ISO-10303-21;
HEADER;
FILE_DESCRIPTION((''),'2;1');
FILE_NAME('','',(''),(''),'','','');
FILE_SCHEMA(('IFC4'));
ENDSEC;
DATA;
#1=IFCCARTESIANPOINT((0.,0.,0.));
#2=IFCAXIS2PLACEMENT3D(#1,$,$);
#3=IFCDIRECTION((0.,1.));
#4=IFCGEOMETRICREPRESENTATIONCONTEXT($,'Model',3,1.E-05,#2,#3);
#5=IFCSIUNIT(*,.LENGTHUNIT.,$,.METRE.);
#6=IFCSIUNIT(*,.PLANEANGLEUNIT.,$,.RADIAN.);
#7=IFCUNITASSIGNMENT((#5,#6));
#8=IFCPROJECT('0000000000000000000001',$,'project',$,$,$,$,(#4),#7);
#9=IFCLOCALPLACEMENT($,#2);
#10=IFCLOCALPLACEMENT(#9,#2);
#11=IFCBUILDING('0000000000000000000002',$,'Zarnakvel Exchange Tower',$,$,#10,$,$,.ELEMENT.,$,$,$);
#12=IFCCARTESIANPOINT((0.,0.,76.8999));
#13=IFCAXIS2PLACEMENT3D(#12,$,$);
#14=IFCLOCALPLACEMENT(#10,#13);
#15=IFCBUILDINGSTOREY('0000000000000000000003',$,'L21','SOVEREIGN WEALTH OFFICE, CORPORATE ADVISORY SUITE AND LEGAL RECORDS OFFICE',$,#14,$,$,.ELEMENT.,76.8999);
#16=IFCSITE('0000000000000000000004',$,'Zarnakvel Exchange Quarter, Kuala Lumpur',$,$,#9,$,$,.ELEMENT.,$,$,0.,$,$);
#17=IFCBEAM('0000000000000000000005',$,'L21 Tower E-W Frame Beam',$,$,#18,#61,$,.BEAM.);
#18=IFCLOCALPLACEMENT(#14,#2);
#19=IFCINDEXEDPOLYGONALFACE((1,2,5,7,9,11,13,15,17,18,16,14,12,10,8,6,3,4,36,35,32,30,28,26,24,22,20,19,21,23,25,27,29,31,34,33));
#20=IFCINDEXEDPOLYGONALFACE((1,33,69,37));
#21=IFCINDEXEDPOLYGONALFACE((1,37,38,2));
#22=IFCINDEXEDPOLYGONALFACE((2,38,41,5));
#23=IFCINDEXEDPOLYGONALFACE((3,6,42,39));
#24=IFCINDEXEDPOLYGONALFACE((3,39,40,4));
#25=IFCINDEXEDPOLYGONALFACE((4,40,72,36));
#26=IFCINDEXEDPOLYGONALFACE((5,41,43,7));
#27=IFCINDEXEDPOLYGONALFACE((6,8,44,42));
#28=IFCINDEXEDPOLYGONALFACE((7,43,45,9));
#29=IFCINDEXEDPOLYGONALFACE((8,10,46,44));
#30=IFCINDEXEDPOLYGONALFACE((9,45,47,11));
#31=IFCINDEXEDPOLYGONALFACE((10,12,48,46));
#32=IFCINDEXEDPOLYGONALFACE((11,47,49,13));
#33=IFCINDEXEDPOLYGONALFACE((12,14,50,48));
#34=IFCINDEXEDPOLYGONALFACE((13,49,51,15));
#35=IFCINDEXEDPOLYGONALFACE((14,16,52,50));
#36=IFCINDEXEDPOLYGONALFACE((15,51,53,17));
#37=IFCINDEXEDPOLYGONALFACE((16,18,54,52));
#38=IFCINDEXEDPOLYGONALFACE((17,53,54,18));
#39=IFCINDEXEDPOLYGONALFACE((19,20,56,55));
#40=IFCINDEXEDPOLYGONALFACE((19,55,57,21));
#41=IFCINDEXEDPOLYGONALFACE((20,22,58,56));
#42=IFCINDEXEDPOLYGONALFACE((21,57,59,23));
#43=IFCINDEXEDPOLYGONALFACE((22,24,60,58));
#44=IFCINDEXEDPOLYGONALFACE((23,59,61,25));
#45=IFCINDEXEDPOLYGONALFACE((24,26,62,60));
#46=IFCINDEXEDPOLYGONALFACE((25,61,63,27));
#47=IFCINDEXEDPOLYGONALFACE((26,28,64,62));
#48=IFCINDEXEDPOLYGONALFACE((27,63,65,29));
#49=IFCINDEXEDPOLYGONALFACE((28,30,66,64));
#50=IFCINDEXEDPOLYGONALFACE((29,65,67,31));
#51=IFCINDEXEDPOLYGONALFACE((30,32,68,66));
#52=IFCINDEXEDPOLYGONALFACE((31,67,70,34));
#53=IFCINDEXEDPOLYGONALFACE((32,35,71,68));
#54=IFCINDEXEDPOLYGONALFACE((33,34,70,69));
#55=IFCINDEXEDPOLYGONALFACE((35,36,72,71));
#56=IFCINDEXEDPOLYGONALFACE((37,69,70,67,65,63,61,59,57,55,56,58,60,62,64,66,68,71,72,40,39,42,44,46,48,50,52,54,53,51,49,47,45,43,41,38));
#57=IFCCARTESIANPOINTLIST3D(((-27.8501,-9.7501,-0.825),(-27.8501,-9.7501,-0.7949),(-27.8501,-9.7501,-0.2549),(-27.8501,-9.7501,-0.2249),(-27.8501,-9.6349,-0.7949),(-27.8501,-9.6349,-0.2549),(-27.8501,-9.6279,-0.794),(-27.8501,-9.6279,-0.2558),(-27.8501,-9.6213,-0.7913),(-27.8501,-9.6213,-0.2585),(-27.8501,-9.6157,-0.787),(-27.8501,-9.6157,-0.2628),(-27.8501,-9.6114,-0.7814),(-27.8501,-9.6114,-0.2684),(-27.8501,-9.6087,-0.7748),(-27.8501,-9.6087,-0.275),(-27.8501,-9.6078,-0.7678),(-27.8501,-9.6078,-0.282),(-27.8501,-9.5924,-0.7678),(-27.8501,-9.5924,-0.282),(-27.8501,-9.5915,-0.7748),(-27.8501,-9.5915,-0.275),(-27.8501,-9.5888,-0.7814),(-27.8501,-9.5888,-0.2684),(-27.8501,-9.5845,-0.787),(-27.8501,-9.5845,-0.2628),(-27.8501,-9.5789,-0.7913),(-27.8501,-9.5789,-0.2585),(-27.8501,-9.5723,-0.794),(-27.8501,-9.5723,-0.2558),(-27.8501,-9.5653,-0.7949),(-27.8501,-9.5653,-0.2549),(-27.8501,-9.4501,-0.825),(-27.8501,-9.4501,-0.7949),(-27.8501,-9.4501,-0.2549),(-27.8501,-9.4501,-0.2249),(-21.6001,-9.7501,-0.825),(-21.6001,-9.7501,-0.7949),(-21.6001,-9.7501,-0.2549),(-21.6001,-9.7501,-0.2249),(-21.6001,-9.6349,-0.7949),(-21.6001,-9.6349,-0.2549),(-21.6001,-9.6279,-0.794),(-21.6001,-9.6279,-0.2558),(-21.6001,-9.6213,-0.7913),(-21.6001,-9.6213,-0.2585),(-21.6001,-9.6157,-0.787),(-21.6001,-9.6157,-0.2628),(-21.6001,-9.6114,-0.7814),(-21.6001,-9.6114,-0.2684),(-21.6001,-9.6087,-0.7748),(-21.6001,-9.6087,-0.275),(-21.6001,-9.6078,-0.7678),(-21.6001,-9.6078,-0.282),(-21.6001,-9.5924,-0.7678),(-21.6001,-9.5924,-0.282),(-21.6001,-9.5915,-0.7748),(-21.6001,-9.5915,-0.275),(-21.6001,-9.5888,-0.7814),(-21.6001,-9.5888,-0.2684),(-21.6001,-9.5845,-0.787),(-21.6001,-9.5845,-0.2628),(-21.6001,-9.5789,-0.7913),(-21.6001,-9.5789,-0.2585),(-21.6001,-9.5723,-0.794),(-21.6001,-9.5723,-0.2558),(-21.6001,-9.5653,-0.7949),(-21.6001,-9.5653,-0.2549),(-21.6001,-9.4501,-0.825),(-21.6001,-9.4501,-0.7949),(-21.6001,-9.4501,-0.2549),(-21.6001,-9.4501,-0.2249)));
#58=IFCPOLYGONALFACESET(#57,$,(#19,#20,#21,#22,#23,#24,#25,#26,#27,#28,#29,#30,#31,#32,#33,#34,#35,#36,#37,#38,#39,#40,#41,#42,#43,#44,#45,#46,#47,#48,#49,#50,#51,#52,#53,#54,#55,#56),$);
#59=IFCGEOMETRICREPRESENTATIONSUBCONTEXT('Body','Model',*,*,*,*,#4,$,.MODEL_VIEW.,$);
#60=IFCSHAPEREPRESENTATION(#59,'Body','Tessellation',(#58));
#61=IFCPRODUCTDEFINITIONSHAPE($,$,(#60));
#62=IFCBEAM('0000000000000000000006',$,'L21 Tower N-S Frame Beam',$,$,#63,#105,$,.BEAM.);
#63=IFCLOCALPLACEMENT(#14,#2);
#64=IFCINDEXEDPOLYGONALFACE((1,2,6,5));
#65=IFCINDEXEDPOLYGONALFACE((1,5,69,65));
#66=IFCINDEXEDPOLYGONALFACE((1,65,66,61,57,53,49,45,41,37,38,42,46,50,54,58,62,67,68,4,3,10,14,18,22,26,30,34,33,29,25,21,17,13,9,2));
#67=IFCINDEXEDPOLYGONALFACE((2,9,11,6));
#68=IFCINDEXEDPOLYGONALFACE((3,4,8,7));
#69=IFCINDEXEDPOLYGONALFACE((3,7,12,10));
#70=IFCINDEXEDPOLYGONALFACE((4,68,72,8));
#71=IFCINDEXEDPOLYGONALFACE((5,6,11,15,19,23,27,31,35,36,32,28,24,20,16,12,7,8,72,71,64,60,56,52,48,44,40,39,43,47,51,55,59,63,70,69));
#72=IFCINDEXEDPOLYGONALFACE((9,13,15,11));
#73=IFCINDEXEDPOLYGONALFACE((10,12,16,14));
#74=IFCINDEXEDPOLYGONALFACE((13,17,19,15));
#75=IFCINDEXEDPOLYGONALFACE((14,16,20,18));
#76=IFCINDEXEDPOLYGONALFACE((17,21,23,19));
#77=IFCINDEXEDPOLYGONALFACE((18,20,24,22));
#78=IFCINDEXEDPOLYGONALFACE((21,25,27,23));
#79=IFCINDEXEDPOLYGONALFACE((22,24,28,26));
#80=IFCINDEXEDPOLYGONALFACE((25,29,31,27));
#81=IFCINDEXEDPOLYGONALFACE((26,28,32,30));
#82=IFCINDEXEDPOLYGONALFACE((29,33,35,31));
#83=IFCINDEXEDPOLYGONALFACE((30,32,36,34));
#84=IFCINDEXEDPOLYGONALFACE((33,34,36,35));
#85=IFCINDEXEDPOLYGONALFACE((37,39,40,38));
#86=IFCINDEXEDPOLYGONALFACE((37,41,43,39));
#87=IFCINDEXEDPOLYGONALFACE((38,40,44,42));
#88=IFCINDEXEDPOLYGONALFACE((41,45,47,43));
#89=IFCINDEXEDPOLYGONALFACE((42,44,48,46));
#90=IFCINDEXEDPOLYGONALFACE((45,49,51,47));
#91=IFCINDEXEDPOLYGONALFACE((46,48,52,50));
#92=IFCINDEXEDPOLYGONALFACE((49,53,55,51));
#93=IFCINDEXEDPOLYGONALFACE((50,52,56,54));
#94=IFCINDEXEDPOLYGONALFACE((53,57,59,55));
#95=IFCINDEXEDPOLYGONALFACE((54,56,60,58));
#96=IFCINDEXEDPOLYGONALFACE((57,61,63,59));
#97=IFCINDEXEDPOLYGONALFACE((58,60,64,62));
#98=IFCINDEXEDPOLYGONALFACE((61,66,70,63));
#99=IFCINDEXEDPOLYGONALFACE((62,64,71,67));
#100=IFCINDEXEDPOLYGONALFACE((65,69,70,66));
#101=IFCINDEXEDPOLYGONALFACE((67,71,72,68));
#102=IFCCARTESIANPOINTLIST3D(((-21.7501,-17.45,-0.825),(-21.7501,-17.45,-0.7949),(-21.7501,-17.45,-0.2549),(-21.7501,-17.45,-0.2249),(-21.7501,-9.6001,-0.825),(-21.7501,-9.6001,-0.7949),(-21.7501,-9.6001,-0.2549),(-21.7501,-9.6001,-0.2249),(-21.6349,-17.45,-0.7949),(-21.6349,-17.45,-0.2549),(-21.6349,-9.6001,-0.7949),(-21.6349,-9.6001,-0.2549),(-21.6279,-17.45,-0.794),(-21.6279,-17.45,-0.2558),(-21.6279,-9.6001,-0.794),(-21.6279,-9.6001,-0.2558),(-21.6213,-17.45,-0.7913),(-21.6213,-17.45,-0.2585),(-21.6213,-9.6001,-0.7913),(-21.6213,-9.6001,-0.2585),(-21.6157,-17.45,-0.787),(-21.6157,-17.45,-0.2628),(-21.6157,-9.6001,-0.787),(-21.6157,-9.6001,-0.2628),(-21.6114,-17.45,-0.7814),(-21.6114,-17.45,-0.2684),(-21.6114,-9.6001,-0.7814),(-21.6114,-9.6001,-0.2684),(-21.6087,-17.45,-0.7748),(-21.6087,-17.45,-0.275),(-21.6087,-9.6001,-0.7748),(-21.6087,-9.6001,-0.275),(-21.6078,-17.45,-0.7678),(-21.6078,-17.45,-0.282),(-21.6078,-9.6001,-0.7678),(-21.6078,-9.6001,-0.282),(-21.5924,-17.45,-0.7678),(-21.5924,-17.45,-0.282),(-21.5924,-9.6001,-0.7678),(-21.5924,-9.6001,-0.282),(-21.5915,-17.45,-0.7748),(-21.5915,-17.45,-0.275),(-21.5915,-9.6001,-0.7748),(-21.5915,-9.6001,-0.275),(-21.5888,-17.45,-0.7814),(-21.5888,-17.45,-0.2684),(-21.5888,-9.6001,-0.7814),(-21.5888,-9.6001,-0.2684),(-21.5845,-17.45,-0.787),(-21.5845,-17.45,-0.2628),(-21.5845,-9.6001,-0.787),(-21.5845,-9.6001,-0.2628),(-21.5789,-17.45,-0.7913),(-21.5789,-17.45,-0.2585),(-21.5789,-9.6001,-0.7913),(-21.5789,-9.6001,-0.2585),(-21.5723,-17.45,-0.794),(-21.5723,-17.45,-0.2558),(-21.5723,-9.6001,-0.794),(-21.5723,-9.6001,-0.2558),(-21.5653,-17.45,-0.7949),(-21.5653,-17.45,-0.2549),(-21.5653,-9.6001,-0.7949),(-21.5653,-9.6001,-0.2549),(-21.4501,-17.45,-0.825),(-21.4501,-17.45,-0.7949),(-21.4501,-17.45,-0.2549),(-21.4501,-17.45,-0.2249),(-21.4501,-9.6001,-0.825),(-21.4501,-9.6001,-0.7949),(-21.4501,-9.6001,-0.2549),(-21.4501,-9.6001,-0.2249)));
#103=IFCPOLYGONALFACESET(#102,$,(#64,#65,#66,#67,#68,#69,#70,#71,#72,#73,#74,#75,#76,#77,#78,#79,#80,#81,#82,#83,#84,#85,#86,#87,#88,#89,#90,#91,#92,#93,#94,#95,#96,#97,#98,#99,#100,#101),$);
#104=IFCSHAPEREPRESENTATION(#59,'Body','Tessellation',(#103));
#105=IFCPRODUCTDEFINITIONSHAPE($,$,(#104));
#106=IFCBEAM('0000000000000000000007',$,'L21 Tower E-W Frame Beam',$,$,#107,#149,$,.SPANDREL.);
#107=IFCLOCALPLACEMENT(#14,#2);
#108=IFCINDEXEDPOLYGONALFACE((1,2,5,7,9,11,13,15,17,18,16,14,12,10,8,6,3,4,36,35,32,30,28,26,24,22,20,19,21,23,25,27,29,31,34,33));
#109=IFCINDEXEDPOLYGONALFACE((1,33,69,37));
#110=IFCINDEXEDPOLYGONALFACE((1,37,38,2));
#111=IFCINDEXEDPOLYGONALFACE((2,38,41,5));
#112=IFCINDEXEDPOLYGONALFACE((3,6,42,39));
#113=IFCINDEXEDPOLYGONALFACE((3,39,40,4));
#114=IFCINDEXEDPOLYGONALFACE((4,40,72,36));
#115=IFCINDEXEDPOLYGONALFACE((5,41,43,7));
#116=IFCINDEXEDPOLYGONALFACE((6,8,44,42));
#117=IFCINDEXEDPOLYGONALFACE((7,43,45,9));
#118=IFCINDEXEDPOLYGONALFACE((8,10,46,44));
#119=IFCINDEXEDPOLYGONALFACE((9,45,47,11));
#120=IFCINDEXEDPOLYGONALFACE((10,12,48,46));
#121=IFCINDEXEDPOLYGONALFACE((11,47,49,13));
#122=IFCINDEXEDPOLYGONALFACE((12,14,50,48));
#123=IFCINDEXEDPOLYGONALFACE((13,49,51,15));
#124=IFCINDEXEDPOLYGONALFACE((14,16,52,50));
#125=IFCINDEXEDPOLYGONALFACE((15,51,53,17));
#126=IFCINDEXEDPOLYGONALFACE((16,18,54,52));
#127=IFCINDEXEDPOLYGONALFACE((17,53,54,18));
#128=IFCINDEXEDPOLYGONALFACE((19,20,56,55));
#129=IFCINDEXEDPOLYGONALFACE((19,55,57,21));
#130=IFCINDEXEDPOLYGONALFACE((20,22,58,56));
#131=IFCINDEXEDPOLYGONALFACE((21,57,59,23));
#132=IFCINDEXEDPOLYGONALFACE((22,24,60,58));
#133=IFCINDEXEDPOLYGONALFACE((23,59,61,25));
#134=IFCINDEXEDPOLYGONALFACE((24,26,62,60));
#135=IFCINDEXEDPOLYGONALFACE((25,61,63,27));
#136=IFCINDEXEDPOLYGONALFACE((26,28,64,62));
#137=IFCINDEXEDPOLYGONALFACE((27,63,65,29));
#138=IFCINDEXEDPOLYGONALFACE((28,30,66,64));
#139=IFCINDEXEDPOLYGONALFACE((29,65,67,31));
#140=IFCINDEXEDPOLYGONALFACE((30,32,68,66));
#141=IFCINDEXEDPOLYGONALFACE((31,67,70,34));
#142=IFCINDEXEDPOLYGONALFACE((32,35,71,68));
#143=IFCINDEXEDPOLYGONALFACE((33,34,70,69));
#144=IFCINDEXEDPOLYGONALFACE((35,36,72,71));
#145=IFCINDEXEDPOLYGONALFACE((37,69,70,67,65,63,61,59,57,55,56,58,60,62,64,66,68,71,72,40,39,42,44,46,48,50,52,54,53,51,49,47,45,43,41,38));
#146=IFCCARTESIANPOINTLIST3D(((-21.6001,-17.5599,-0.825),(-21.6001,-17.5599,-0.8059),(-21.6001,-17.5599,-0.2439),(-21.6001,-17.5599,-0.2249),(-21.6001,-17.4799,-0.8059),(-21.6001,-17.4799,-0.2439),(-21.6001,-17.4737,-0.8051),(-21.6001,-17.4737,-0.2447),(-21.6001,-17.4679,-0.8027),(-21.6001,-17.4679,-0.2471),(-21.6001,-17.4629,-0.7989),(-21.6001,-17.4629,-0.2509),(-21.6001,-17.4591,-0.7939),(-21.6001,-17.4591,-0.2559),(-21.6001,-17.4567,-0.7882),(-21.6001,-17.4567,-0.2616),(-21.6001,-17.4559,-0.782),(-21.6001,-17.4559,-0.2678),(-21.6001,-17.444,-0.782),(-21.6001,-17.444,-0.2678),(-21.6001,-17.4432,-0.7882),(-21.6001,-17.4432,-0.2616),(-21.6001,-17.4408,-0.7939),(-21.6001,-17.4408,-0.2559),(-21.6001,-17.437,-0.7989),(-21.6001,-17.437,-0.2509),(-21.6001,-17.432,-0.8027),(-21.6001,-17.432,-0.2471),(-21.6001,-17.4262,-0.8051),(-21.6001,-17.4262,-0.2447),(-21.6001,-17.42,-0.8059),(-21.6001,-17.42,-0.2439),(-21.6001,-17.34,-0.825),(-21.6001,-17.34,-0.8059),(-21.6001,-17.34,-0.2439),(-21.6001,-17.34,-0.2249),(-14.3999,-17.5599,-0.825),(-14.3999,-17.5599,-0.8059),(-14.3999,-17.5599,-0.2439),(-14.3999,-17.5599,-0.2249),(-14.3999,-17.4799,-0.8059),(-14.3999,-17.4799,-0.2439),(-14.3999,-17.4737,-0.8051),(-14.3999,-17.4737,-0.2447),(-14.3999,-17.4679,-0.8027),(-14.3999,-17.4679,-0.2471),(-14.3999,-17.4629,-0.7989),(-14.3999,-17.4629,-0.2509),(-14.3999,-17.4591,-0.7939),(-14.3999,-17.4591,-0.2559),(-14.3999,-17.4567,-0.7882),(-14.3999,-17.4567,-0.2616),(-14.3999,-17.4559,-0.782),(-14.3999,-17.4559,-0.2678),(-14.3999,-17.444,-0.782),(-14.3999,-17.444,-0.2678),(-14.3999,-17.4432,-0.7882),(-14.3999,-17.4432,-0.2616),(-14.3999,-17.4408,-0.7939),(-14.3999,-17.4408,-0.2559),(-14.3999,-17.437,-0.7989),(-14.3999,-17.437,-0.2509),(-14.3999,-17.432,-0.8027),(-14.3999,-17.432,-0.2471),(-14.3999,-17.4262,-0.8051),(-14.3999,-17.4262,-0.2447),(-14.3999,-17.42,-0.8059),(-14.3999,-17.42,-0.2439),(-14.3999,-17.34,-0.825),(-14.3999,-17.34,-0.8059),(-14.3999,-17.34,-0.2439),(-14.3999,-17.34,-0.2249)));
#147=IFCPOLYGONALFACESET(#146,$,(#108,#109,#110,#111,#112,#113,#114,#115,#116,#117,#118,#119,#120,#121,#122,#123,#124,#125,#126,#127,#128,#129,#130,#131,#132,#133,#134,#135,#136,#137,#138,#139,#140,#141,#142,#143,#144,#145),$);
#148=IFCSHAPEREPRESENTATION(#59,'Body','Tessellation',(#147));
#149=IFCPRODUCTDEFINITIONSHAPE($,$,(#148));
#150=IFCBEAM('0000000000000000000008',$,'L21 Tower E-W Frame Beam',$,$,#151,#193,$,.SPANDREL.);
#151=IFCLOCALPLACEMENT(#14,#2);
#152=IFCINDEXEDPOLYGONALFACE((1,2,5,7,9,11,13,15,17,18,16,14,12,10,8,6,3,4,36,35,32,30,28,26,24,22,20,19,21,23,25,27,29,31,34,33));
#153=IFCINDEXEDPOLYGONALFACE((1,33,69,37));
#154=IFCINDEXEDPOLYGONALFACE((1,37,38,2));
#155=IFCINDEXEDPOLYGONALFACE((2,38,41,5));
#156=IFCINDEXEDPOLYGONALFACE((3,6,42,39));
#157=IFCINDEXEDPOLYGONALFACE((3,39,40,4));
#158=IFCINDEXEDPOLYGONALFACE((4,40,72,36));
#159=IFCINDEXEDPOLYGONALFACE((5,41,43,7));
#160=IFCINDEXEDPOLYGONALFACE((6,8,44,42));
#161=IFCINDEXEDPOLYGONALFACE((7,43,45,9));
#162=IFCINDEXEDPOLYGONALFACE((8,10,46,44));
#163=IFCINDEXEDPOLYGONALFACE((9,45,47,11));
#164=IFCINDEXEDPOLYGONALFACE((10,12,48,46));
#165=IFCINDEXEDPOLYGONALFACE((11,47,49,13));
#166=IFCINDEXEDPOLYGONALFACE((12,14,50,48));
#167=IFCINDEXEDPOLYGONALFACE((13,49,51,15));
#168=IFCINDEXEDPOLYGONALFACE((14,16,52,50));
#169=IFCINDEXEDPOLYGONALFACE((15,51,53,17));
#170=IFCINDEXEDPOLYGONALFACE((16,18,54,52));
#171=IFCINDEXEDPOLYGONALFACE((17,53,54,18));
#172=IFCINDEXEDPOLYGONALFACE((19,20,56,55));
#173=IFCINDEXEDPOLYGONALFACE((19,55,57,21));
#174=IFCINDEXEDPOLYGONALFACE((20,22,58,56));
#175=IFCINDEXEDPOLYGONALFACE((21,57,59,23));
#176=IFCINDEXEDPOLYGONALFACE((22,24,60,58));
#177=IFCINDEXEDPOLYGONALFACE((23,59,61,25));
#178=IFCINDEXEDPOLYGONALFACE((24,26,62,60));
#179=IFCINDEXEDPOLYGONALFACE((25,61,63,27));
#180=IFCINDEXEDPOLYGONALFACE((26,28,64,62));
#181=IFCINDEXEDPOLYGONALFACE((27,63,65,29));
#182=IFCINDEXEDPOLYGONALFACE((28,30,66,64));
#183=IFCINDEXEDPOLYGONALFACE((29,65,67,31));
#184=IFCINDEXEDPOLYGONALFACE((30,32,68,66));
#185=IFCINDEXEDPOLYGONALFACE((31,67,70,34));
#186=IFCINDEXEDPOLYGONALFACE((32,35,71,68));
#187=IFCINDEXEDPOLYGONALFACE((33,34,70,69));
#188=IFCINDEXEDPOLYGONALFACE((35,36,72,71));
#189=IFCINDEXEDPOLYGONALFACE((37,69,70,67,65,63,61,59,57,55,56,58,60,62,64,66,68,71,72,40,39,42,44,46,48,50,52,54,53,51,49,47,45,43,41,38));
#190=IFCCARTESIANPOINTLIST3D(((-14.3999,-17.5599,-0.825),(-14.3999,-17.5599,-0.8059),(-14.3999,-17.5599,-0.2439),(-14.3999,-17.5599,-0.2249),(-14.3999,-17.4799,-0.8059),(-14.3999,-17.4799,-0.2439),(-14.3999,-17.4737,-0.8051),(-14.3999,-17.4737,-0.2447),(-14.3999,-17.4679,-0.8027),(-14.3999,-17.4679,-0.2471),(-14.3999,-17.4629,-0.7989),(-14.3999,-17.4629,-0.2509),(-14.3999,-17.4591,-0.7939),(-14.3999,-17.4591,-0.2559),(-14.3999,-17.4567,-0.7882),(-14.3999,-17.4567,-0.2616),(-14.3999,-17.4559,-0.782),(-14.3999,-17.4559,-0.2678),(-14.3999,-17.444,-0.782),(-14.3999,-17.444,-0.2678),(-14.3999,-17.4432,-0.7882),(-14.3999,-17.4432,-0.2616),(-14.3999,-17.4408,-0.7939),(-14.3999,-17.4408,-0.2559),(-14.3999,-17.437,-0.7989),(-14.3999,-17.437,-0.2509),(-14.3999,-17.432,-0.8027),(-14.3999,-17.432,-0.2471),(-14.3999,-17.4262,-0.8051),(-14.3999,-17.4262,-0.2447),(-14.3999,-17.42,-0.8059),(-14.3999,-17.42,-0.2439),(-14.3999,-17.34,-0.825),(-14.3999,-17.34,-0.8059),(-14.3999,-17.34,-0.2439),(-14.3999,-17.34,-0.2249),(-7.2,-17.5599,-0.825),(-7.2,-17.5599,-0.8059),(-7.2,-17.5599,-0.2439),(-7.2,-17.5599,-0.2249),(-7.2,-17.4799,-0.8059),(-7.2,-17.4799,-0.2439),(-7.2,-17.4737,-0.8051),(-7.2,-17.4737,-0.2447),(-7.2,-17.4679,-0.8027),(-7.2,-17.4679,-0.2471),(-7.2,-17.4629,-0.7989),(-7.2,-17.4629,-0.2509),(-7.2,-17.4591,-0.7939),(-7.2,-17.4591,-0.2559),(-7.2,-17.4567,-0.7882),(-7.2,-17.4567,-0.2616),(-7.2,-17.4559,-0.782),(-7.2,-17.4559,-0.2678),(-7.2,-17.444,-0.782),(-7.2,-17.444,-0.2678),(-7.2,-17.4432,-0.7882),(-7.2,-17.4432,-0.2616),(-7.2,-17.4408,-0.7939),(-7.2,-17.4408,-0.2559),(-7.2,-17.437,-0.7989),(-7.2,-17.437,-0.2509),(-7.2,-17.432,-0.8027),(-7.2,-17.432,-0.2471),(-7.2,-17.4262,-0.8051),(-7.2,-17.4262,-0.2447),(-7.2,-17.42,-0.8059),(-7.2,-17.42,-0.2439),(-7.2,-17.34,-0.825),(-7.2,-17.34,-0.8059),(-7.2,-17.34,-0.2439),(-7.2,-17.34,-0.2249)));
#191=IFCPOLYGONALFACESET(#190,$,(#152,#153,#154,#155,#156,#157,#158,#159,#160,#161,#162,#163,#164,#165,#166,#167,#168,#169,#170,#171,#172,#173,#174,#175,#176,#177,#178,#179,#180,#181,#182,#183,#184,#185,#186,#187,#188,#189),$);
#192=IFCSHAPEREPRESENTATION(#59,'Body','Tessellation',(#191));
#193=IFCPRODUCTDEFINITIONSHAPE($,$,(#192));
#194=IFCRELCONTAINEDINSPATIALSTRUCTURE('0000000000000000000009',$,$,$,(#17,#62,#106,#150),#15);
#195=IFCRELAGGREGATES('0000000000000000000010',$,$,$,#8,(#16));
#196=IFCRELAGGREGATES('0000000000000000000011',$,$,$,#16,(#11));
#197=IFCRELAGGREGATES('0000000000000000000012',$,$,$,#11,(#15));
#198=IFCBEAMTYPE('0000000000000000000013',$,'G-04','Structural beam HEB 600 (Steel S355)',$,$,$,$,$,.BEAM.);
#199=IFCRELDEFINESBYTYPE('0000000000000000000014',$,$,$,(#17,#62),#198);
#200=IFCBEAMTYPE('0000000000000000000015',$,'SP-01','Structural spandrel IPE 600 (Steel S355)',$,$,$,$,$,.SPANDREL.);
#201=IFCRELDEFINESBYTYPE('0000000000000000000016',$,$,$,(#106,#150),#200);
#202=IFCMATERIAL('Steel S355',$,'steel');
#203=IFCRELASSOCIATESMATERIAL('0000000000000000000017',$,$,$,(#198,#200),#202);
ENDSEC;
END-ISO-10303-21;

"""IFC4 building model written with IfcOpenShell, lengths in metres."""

from ifc_helpers import new_model, si_unit, direction, frame, origin, origin_2d, place, context, subcontext, project, spatial, i_section, extrude, material, material_profile, profile_set, type_object, element, save


model = new_model("IFC4")

# Units and contexts
model_context = context("Model", 3, precision=1e-05, world=origin(), true_north=direction((0.0, 1.0)))
body_context = subcontext(model_context, "Body", "Model", "MODEL_VIEW")
ifc_project = project(units=[si_unit("LENGTHUNIT", "METRE"), si_unit("PLANEANGLEUNIT", "RADIAN")], contexts=[model_context])

# Site, building, storey
site_placement = place(None, origin())
site = spatial("IfcSite", under=ifc_project, at=site_placement, Name="Zarnakvel Exchange Quarter, Kuala Lumpur", CompositionType="ELEMENT", RefElevation=0.0)
building_placement = place(site_placement, origin())
building = spatial("IfcBuilding", under=site, at=building_placement, Name="Zarnakvel Exchange Tower", CompositionType="ELEMENT")
storey_placement = place(building_placement, frame((0.0, 0.0, 76.8999)))
storey = spatial("IfcBuildingStorey", under=building, at=storey_placement, Name="L21", Description="SOVEREIGN WEALTH OFFICE, CORPORATE ADVISORY SUITE AND LEGAL RECORDS OFFICE", CompositionType="ELEMENT", Elevation=76.8999)

# Shared definitions
ifc_material_1 = material(Name="Steel S355", Category="steel")

# Beams
ifc_material_profile_1 = material_profile(ifc_material_1, i_section(OverallWidth=0.3, OverallDepth=0.6001, WebThickness=0.0154, FlangeThickness=0.03, FilletRadius=0.0271, at=origin_2d()))
ifc_profile_set_1 = profile_set([ifc_material_profile_1], Name="Steel S355")
beam_type_1 = type_object("IfcBeamType", Name="G-04", Description="Structural beam HEB 600 (Steel S355)", PredefinedType="BEAM", material=ifc_profile_set_1)
beam_1_placement = place(storey_placement, frame((-27.8501, -9.6001, -0.5249), z_axis=(1.0, 0.0, 0.0), x_axis=(0.0, 1.0, 0.0)))
element("IfcBeam", 1, at=beam_1_placement, inside=storey, type_object=beam_type_1, Name="L21 Tower E-W Frame Beam", PredefinedType="BEAM", context=body_context, shape_type="SweptSolid", body=[
    extrude(i_section(OverallWidth=0.3, OverallDepth=0.6001, WebThickness=0.0154, FlangeThickness=0.03, FilletRadius=0.0271, at=origin_2d()), origin(), (0.0, 0.0, 1.0), 6.25),
])
beam_2_placement = place(storey_placement, frame((-21.6001, -17.45, -0.5249), z_axis=(0.0, 1.0, 0.0), x_axis=(-1.0, 0.0, 0.0)))
element("IfcBeam", 2, at=beam_2_placement, inside=storey, type_object=beam_type_1, Name="L21 Tower N-S Frame Beam", PredefinedType="BEAM", context=body_context, shape_type="SweptSolid", body=[
    extrude(i_section(OverallWidth=0.3, OverallDepth=0.6001, WebThickness=0.0154, FlangeThickness=0.03, FilletRadius=0.0271, at=origin_2d()), origin(), (0.0, 0.0, 1.0), 7.8499),
])
ifc_material_profile_2 = material_profile(ifc_material_1, i_section(OverallWidth=0.22, OverallDepth=0.6001, WebThickness=0.012, FlangeThickness=0.019, FilletRadius=0.0239, at=origin_2d()))
ifc_profile_set_2 = profile_set([ifc_material_profile_2], Name="Steel S355")
beam_type_2 = type_object("IfcBeamType", Name="SP-01", Description="Structural spandrel IPE 600 (Steel S355)", PredefinedType="SPANDREL", material=ifc_profile_set_2)
beam_3_placement = place(storey_placement, frame((-21.6001, -17.45, -0.5249), z_axis=(1.0, 0.0, 0.0), x_axis=(0.0, 1.0, 0.0)))
element("IfcBeam", 3, at=beam_3_placement, inside=storey, type_object=beam_type_2, Name="L21 Tower E-W Frame Beam", PredefinedType="SPANDREL", context=body_context, shape_type="SweptSolid", body=[
    extrude(i_section(OverallWidth=0.22, OverallDepth=0.6001, WebThickness=0.012, FlangeThickness=0.019, FilletRadius=0.0239, at=origin_2d()), origin(), (0.0, 0.0, 1.0), 7.2002),
])
beam_4_placement = place(storey_placement, frame((-14.3999, -17.45, -0.5249), z_axis=(1.0, 0.0, 0.0), x_axis=(0.0, 1.0, 0.0)))
element("IfcBeam", 4, at=beam_4_placement, inside=storey, type_object=beam_type_2, Name="L21 Tower E-W Frame Beam", PredefinedType="SPANDREL", context=body_context, shape_type="SweptSolid", body=[
    extrude(i_section(OverallWidth=0.22, OverallDepth=0.6001, WebThickness=0.012, FlangeThickness=0.019, FilletRadius=0.0239, at=origin_2d()), origin(), (0.0, 0.0, 1.0), 7.2),
])

save(model, "model.ifc")
